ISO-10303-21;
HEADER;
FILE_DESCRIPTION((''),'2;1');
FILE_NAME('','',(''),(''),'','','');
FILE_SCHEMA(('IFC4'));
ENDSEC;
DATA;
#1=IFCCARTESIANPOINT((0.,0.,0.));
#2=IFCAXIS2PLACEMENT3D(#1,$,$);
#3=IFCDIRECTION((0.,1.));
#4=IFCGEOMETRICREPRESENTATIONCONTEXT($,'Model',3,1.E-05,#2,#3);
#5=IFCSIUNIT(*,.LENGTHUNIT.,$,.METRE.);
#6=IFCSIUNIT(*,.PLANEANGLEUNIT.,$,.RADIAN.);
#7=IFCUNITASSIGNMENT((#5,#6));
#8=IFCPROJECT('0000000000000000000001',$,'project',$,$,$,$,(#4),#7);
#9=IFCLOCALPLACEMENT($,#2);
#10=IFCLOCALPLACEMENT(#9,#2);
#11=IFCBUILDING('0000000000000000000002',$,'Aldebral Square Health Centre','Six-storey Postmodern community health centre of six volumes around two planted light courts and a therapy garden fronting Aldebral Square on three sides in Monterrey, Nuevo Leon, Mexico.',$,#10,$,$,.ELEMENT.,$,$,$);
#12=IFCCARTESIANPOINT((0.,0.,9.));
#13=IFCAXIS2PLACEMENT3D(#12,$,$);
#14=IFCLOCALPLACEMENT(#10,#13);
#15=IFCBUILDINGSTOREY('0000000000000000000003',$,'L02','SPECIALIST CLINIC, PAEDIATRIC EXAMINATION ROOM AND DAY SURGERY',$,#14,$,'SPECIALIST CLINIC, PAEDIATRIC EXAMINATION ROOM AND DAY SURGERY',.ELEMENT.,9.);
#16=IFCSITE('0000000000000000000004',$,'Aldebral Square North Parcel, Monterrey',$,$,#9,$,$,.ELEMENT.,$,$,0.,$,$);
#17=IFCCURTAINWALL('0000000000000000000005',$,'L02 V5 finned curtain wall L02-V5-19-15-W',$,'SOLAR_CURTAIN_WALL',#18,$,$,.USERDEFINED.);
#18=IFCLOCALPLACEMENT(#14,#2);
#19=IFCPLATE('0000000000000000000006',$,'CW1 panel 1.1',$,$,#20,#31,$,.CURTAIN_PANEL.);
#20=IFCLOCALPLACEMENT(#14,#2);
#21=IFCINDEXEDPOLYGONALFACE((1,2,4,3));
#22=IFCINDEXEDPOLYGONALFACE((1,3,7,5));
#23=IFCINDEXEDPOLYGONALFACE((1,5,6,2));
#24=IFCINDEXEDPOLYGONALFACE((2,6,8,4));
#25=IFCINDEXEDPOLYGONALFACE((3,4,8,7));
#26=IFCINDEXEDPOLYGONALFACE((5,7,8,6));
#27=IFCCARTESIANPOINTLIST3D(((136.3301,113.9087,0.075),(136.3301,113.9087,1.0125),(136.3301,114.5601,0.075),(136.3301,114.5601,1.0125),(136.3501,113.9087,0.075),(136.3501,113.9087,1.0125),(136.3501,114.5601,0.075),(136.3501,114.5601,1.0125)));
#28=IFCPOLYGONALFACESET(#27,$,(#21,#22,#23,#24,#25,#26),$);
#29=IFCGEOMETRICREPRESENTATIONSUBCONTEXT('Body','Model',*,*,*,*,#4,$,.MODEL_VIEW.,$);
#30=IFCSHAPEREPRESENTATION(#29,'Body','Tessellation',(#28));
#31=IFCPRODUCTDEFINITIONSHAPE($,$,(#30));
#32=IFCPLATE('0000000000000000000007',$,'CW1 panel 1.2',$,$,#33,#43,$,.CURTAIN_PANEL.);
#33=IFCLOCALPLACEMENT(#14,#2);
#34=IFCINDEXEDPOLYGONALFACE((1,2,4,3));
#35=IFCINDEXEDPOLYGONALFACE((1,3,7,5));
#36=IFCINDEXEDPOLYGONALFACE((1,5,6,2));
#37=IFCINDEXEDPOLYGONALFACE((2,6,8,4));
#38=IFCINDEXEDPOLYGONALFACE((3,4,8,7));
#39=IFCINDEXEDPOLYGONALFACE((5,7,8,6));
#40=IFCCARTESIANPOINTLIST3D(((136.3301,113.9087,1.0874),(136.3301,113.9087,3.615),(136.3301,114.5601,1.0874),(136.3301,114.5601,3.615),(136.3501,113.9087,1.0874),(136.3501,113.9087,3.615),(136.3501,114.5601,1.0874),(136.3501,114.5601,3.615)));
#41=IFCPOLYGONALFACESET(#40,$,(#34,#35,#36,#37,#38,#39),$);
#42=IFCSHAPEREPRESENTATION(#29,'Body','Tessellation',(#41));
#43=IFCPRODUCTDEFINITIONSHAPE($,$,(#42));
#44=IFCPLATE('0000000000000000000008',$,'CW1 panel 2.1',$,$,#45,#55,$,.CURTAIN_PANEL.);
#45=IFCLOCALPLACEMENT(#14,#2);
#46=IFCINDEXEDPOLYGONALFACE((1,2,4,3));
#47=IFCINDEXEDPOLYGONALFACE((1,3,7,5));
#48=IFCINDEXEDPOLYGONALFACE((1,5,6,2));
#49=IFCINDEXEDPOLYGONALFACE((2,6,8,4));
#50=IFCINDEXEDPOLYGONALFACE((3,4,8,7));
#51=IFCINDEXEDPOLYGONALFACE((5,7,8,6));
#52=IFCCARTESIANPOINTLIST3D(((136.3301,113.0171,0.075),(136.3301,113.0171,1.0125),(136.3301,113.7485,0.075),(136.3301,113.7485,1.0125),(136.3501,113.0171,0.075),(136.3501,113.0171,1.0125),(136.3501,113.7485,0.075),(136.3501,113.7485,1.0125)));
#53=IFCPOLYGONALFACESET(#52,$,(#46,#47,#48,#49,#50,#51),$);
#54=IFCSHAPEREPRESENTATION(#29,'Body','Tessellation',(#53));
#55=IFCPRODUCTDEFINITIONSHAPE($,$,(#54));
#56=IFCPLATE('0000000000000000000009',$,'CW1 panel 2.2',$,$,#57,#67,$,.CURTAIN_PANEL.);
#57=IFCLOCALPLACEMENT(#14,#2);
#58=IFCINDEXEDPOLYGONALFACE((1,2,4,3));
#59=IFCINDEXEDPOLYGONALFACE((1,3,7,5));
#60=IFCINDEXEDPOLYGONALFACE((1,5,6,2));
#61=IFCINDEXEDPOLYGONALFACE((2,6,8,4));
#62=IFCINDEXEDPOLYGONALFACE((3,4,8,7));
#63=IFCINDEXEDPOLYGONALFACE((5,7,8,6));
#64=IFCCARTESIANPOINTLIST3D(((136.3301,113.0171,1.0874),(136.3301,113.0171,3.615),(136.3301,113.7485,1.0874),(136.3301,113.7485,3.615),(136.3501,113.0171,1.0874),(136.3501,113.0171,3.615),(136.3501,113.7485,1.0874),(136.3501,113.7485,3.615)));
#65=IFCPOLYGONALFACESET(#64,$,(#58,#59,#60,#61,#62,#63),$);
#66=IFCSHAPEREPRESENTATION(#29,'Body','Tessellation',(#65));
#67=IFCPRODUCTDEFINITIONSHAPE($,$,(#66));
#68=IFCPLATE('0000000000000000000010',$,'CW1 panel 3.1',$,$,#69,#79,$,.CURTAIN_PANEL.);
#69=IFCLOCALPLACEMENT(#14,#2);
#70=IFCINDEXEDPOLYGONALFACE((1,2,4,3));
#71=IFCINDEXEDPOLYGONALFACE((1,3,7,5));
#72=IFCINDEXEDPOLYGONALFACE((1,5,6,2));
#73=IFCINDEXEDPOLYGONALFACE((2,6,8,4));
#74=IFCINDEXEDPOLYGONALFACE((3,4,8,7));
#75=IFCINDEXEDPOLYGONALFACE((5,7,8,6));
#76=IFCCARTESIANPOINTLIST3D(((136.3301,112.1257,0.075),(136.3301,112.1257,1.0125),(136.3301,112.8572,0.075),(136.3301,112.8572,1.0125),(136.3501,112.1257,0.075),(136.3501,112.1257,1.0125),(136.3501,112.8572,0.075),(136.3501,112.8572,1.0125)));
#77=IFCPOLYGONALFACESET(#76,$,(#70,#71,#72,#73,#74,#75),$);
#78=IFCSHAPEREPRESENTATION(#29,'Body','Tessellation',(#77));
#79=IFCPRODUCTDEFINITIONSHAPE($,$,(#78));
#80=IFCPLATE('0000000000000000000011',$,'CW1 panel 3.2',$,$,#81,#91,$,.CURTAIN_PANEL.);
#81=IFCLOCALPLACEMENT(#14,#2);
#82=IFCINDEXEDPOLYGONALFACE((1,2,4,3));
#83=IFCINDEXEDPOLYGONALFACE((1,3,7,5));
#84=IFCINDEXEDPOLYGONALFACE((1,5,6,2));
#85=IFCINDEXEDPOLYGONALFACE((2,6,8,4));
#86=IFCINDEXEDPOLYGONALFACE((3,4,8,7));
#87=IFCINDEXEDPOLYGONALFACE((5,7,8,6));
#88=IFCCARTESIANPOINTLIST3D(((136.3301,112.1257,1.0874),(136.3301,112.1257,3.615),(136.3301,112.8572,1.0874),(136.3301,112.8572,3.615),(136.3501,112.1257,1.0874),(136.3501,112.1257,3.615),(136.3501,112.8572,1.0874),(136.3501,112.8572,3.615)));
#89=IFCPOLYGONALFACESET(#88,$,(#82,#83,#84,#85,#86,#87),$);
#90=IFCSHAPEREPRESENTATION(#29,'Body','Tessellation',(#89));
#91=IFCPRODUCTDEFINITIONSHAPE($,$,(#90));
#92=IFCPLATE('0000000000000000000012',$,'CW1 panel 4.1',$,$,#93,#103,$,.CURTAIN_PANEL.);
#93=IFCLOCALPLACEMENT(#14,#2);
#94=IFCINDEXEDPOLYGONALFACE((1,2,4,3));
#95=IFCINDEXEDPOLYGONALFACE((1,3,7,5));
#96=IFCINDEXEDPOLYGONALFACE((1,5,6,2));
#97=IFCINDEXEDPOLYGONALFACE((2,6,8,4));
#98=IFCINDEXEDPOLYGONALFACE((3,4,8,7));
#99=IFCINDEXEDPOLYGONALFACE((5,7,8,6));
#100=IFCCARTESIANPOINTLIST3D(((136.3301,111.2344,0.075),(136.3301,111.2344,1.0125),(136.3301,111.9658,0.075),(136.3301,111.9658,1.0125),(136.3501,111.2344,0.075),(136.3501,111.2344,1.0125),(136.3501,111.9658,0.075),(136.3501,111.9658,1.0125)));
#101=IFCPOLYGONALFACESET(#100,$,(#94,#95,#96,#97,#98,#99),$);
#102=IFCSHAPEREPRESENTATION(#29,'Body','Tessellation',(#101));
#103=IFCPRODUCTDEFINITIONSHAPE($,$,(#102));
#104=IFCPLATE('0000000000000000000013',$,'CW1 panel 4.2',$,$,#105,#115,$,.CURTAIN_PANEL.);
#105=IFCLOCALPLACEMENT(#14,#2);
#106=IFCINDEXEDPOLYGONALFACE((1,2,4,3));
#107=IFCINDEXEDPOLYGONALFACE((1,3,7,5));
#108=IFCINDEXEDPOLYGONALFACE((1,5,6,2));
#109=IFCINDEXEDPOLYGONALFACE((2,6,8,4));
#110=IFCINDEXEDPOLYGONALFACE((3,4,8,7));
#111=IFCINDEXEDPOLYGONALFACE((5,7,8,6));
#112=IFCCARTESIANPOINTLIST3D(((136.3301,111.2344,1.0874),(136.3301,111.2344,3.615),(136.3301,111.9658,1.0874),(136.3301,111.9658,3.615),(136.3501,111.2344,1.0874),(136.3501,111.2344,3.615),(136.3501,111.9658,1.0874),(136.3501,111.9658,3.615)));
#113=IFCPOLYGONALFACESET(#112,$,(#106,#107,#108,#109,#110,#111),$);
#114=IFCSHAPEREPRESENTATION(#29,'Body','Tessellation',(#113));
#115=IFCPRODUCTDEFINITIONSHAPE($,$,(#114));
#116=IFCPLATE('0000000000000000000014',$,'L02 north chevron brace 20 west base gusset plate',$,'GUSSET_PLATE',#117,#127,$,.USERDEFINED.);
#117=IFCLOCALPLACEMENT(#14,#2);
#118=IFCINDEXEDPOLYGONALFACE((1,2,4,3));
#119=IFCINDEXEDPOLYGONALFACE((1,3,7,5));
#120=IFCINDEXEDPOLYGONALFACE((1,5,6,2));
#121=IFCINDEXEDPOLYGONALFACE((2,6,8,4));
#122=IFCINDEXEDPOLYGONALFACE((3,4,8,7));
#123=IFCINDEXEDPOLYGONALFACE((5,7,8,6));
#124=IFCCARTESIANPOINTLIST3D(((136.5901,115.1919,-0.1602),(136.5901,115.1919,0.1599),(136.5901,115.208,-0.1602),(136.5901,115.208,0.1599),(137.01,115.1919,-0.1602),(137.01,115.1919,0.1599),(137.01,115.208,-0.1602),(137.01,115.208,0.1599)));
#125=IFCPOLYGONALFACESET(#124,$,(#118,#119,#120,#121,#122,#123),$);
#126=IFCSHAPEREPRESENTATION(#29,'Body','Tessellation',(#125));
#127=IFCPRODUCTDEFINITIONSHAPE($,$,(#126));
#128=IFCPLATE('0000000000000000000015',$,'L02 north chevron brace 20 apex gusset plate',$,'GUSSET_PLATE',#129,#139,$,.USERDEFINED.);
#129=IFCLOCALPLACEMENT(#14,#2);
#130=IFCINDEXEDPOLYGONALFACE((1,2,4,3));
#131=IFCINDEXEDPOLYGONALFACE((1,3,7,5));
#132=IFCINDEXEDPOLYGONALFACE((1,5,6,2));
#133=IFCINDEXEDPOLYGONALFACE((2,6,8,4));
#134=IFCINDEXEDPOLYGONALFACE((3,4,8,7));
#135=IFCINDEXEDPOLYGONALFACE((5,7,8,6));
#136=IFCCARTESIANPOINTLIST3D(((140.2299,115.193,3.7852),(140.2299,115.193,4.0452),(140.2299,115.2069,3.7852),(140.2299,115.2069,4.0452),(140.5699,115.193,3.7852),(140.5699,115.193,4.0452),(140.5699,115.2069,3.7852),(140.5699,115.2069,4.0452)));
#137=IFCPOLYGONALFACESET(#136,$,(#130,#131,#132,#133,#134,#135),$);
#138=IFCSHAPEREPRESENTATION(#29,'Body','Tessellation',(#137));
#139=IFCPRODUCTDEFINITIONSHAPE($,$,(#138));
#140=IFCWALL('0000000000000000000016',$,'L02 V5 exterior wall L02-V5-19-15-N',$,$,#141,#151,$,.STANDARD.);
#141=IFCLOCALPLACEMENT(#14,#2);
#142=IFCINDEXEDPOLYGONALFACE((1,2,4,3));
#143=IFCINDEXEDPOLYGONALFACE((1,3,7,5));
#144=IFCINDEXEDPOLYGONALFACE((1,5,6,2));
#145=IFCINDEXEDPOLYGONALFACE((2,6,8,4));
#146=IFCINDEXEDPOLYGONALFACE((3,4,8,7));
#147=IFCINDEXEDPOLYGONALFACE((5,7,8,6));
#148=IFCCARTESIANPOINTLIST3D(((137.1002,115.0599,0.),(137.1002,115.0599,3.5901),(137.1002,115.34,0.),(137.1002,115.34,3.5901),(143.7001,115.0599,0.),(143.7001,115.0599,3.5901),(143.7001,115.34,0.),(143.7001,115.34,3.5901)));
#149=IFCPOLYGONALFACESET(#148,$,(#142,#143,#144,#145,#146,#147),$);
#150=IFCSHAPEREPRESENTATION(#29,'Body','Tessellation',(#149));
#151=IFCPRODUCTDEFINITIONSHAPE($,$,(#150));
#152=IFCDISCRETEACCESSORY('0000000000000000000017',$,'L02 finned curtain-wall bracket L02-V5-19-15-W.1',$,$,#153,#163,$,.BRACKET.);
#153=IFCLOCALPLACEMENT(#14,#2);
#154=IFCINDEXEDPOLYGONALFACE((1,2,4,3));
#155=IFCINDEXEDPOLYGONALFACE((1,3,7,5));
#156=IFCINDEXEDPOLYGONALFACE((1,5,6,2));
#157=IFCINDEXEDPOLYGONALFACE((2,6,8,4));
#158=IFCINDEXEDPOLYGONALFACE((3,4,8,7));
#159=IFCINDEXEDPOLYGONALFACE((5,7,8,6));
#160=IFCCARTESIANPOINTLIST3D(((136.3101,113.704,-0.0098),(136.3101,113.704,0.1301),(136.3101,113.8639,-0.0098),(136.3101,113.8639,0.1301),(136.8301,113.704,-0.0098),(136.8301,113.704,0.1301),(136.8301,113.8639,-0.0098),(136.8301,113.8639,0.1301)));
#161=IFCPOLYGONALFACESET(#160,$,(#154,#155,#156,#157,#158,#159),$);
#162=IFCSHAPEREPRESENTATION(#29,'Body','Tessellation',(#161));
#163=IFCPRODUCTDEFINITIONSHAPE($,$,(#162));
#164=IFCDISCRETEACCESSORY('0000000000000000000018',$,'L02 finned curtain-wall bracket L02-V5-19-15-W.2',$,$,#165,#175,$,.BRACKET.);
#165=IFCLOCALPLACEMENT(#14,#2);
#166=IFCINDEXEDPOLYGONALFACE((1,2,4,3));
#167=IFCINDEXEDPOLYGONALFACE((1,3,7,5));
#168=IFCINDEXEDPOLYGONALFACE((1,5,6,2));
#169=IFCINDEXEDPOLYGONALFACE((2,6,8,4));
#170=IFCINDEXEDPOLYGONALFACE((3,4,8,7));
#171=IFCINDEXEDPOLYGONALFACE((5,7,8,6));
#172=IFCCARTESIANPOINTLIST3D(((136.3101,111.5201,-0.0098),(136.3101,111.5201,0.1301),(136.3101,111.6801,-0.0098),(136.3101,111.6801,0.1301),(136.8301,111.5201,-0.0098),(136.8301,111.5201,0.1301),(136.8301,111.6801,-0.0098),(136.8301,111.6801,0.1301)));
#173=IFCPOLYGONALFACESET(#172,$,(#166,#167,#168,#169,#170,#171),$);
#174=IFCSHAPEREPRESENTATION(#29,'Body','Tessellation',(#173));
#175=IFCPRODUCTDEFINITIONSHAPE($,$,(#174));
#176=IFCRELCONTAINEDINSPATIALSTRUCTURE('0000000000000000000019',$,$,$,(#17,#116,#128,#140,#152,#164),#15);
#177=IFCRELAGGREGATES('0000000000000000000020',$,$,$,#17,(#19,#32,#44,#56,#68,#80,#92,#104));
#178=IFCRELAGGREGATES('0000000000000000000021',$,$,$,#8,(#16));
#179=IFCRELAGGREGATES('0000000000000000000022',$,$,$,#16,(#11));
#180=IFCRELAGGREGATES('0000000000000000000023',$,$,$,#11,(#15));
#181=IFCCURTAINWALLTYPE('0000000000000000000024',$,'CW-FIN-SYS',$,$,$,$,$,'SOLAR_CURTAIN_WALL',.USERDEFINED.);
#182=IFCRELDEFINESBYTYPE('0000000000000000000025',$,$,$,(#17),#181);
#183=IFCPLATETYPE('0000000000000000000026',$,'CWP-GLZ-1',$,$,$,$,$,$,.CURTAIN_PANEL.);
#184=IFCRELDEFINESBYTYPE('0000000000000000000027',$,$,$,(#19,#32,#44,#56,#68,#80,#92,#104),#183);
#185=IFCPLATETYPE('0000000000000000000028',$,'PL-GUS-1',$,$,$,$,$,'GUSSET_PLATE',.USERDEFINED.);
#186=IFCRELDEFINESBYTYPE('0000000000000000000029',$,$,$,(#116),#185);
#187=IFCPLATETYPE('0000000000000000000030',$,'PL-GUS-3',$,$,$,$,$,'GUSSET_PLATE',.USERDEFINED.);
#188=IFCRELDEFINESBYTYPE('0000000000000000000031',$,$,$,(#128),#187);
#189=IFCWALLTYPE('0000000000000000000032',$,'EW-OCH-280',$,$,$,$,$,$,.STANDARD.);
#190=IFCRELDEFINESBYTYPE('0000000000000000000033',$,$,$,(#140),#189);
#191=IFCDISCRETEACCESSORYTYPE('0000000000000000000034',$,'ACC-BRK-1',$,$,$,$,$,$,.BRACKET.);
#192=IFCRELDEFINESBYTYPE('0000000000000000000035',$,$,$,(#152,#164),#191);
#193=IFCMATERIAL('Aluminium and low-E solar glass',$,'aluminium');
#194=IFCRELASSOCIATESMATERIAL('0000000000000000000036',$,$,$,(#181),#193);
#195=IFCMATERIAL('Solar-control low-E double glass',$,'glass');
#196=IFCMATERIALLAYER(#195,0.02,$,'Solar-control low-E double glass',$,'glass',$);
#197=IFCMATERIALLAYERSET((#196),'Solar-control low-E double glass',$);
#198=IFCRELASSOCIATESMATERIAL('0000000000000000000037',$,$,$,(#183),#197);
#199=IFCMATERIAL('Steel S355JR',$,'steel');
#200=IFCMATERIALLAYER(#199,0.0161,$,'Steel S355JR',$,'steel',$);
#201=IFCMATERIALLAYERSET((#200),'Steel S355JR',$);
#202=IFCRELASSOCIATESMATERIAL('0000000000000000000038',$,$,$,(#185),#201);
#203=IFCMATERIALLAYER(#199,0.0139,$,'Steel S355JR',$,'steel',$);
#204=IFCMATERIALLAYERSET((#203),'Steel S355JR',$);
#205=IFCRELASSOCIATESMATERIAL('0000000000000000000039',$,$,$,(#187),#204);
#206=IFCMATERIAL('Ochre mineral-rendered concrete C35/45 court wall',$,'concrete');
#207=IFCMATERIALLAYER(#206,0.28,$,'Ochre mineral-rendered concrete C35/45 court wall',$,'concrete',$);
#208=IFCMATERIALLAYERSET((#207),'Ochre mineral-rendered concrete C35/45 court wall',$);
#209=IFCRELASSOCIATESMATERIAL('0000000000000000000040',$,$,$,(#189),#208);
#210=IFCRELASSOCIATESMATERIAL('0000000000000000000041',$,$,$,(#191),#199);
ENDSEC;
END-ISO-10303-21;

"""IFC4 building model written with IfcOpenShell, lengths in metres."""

from ifc_helpers import new_model, si_unit, direction, frame, frame_2d, origin, origin_2d, place, context, subcontext, project, spatial, rectangle, extrude, material, layer, layer_set, type_object, element, aggregate, save


model = new_model("IFC4")

# Units and contexts
model_context = context("Model", 3, precision=1e-05, world=origin(), true_north=direction((0.0, 1.0)))
body_context = subcontext(model_context, "Body", "Model", "MODEL_VIEW")
ifc_project = project(units=[si_unit("LENGTHUNIT", "METRE"), si_unit("PLANEANGLEUNIT", "RADIAN")], contexts=[model_context])

# Site, building, storey
site_placement = place(None, origin())
site = spatial("IfcSite", under=ifc_project, at=site_placement, Name="Aldebral Square North Parcel, Monterrey", CompositionType="ELEMENT", RefElevation=0.0)
building_placement = place(site_placement, origin())
building = spatial("IfcBuilding", under=site, at=building_placement, Name="Aldebral Square Health Centre", Description="Six-storey Postmodern community health centre of six volumes around two planted light courts and a therapy garden fronting Aldebral Square on three sides in Monterrey, Nuevo Leon, Mexico.", CompositionType="ELEMENT")
storey_placement = place(building_placement, frame((0.0, 0.0, 9.0)))
storey = spatial("IfcBuildingStorey", under=building, at=storey_placement, Name="L02", Description="SPECIALIST CLINIC, PAEDIATRIC EXAMINATION ROOM AND DAY SURGERY", LongName="SPECIALIST CLINIC, PAEDIATRIC EXAMINATION ROOM AND DAY SURGERY", CompositionType="ELEMENT", Elevation=9.0)

# Curtain wall
ifc_material_1 = material(Name="Aluminium and low-E solar glass", Category="aluminium")
curtain_wall_type = type_object("IfcCurtainWallType", Name="CW-FIN-SYS", ElementType="SOLAR_CURTAIN_WALL", PredefinedType="USERDEFINED", material=ifc_material_1)
curtain_wall_placement = place(storey_placement, origin())
curtain_wall = element("IfcCurtainWall", 1, at=curtain_wall_placement, inside=storey, type_object=curtain_wall_type, Name="L02 V5 finned curtain wall L02-V5-19-15-W", ObjectType="SOLAR_CURTAIN_WALL", PredefinedType="USERDEFINED")

# Shared definitions
ifc_material_2 = material(Name="Steel S355JR", Category="steel")

# Plates
ifc_material_3 = material(Name="Solar-control low-E double glass", Category="glass")
ifc_layer_1 = layer(ifc_material_3, 0.02, Name="Solar-control low-E double glass", Category="glass")
ifc_layer_set_1 = layer_set([ifc_layer_1], Name="Solar-control low-E double glass")
plate_type_1 = type_object("IfcPlateType", Name="CWP-GLZ-1", PredefinedType="CURTAIN_PANEL", material=ifc_layer_set_1)
plate_1_placement = place(storey_placement, frame((136.3401, 114.2344, 0.075), z_axis=(0.0, 0.0, 1.0), x_axis=(0.0, -1.0, 0.0)))
plate_1 = element("IfcPlate", 2, at=plate_1_placement, type_object=plate_type_1, Name="CW1 panel 1.1", PredefinedType="CURTAIN_PANEL", context=body_context, shape_type="SweptSolid", body=[
    extrude(rectangle(XDim=0.6514, YDim=0.02, at=origin_2d()), origin(), (0.0, 0.0, 1.0), 0.9375),
])
plate_2_placement = place(storey_placement, frame((136.3401, 114.2344, 1.0874), z_axis=(0.0, 0.0, 1.0), x_axis=(0.0, -1.0, 0.0)))
plate_2 = element("IfcPlate", 3, at=plate_2_placement, type_object=plate_type_1, Name="CW1 panel 1.2", PredefinedType="CURTAIN_PANEL", context=body_context, shape_type="SweptSolid", body=[
    extrude(rectangle(XDim=0.6514, YDim=0.02, at=origin_2d()), origin(), (0.0, 0.0, 1.0), 2.5276),
])
plate_3_placement = place(storey_placement, frame((136.3401, 113.3828, 0.075), z_axis=(0.0, 0.0, 1.0), x_axis=(0.0, -1.0, 0.0)))
plate_3 = element("IfcPlate", 4, at=plate_3_placement, type_object=plate_type_1, Name="CW1 panel 2.1", PredefinedType="CURTAIN_PANEL", context=body_context, shape_type="SweptSolid", body=[
    extrude(rectangle(XDim=0.7314, YDim=0.02, at=origin_2d()), origin(), (0.0, 0.0, 1.0), 0.9375),
])
plate_4_placement = place(storey_placement, frame((136.3401, 113.3828, 1.0874), z_axis=(0.0, 0.0, 1.0), x_axis=(0.0, -1.0, 0.0)))
plate_4 = element("IfcPlate", 5, at=plate_4_placement, type_object=plate_type_1, Name="CW1 panel 2.2", PredefinedType="CURTAIN_PANEL", context=body_context, shape_type="SweptSolid", body=[
    extrude(rectangle(XDim=0.7314, YDim=0.02, at=origin_2d()), origin(), (0.0, 0.0, 1.0), 2.5276),
])
plate_5_placement = place(storey_placement, frame((136.3401, 112.4915, 0.075), z_axis=(0.0, 0.0, 1.0), x_axis=(0.0, -1.0, 0.0)))
plate_5 = element("IfcPlate", 6, at=plate_5_placement, type_object=plate_type_1, Name="CW1 panel 3.1", PredefinedType="CURTAIN_PANEL", context=body_context, shape_type="SweptSolid", body=[
    extrude(rectangle(XDim=0.7314, YDim=0.02, at=origin_2d()), origin(), (0.0, 0.0, 1.0), 0.9375),
])
plate_6_placement = place(storey_placement, frame((136.3401, 112.4915, 1.0874), z_axis=(0.0, 0.0, 1.0), x_axis=(0.0, -1.0, 0.0)))
plate_6 = element("IfcPlate", 7, at=plate_6_placement, type_object=plate_type_1, Name="CW1 panel 3.2", PredefinedType="CURTAIN_PANEL", context=body_context, shape_type="SweptSolid", body=[
    extrude(rectangle(XDim=0.7314, YDim=0.02, at=origin_2d()), origin(), (0.0, 0.0, 1.0), 2.5276),
])
plate_7_placement = place(storey_placement, frame((136.3401, 111.6001, 0.075), z_axis=(0.0, 0.0, 1.0), x_axis=(0.0, -1.0, 0.0)))
plate_7 = element("IfcPlate", 8, at=plate_7_placement, type_object=plate_type_1, Name="CW1 panel 4.1", PredefinedType="CURTAIN_PANEL", context=body_context, shape_type="SweptSolid", body=[
    extrude(rectangle(XDim=0.7314, YDim=0.02, at=origin_2d()), origin(), (0.0, 0.0, 1.0), 0.9375),
])
plate_8_placement = place(storey_placement, frame((136.3401, 111.6001, 1.0874), z_axis=(0.0, 0.0, 1.0), x_axis=(0.0, -1.0, 0.0)))
plate_8 = element("IfcPlate", 9, at=plate_8_placement, type_object=plate_type_1, Name="CW1 panel 4.2", PredefinedType="CURTAIN_PANEL", context=body_context, shape_type="SweptSolid", body=[
    extrude(rectangle(XDim=0.7314, YDim=0.02, at=origin_2d()), origin(), (0.0, 0.0, 1.0), 2.5276),
])
aggregate(curtain_wall, [plate_1, plate_2, plate_3, plate_4, plate_5, plate_6, plate_7, plate_8])

# Plates
ifc_layer_2 = layer(ifc_material_2, 0.0161, Name="Steel S355JR", Category="steel")
ifc_layer_set_2 = layer_set([ifc_layer_2], Name="Steel S355JR")
plate_type_2 = type_object("IfcPlateType", Name="PL-GUS-1", ElementType="GUSSET_PLATE", PredefinedType="USERDEFINED", material=ifc_layer_set_2)
plate_9_placement = place(storey_placement, frame((136.8, 115.2, -0.1602), z_axis=(0.0, 0.0, 1.0), x_axis=(1.0, 0.0, 0.0)))
element("IfcPlate", 10, at=plate_9_placement, inside=storey, type_object=plate_type_2, Name="L02 north chevron brace 20 west base gusset plate", ObjectType="GUSSET_PLATE", PredefinedType="USERDEFINED", context=body_context, shape_type="SweptSolid", body=[
    extrude(rectangle(XDim=0.4199, YDim=0.0161, at=origin_2d()), origin(), (0.0, 0.0, 1.0), 0.3201),
])
ifc_layer_3 = layer(ifc_material_2, 0.0139, Name="Steel S355JR", Category="steel")
ifc_layer_set_3 = layer_set([ifc_layer_3], Name="Steel S355JR")
plate_type_3 = type_object("IfcPlateType", Name="PL-GUS-3", ElementType="GUSSET_PLATE", PredefinedType="USERDEFINED", material=ifc_layer_set_3)
plate_10_placement = place(storey_placement, frame((140.3999, 115.2, 3.7852), z_axis=(0.0, 0.0, 1.0), x_axis=(1.0, 0.0, 0.0)))
element("IfcPlate", 11, at=plate_10_placement, inside=storey, type_object=plate_type_3, Name="L02 north chevron brace 20 apex gusset plate", ObjectType="GUSSET_PLATE", PredefinedType="USERDEFINED", context=body_context, shape_type="SweptSolid", body=[
    extrude(rectangle(XDim=0.3401, YDim=0.0139, at=origin_2d()), origin(), (0.0, 0.0, 1.0), 0.26),
])

# Wall
ifc_material_4 = material(Name="Ochre mineral-rendered concrete C35/45 court wall", Category="concrete")
ifc_layer_4 = layer(ifc_material_4, 0.28, Name="Ochre mineral-rendered concrete C35/45 court wall", Category="concrete")
ifc_layer_set_4 = layer_set([ifc_layer_4], Name="Ochre mineral-rendered concrete C35/45 court wall")
wall_type = type_object("IfcWallType", Name="EW-OCH-280", PredefinedType="STANDARD", material=ifc_layer_set_4)
wall_placement = place(storey_placement, frame((143.7, 115.2, 0.0), z_axis=(0.0, 0.0, 1.0), x_axis=(-1.0, 0.0, 0.0)))
element("IfcWall", 12, at=wall_placement, inside=storey, type_object=wall_type, Name="L02 V5 exterior wall L02-V5-19-15-N", PredefinedType="STANDARD", context=body_context, shape_type="SweptSolid", body=[
    extrude(rectangle(XDim=6.5999, YDim=0.28, at=frame_2d((3.2998, 0.0))), origin(), (0.0, 0.0, 1.0), 3.5901),
])

# Discrete accessories
discrete_accessory_type = type_object("IfcDiscreteAccessoryType", Name="ACC-BRK-1", PredefinedType="BRACKET", material=ifc_material_2)
for number, where, z_axis, x_axis, name in (
    (13, (136.5701, 113.7839, -0.0098), (0.0, 0.0, 1.0), (0.0, 1.0, 0.0), "L02 finned curtain-wall bracket L02-V5-19-15-W.1"),
    (14, (136.5701, 111.6001, -0.0098), (0.0, 0.0, 1.0), (0.0, 1.0, 0.0), "L02 finned curtain-wall bracket L02-V5-19-15-W.2"),
):
    element("IfcDiscreteAccessory", number, at=place(storey_placement, frame(where, z_axis=z_axis, x_axis=x_axis)), inside=storey, type_object=discrete_accessory_type, Name=name, PredefinedType="BRACKET", context=body_context, shape_type="SweptSolid", body=[
        extrude(rectangle(XDim=0.1599, YDim=0.52, at=origin_2d()), origin(), (0.0, 0.0, 1.0), 0.1399),
    ])

save(model, "model.ifc")
